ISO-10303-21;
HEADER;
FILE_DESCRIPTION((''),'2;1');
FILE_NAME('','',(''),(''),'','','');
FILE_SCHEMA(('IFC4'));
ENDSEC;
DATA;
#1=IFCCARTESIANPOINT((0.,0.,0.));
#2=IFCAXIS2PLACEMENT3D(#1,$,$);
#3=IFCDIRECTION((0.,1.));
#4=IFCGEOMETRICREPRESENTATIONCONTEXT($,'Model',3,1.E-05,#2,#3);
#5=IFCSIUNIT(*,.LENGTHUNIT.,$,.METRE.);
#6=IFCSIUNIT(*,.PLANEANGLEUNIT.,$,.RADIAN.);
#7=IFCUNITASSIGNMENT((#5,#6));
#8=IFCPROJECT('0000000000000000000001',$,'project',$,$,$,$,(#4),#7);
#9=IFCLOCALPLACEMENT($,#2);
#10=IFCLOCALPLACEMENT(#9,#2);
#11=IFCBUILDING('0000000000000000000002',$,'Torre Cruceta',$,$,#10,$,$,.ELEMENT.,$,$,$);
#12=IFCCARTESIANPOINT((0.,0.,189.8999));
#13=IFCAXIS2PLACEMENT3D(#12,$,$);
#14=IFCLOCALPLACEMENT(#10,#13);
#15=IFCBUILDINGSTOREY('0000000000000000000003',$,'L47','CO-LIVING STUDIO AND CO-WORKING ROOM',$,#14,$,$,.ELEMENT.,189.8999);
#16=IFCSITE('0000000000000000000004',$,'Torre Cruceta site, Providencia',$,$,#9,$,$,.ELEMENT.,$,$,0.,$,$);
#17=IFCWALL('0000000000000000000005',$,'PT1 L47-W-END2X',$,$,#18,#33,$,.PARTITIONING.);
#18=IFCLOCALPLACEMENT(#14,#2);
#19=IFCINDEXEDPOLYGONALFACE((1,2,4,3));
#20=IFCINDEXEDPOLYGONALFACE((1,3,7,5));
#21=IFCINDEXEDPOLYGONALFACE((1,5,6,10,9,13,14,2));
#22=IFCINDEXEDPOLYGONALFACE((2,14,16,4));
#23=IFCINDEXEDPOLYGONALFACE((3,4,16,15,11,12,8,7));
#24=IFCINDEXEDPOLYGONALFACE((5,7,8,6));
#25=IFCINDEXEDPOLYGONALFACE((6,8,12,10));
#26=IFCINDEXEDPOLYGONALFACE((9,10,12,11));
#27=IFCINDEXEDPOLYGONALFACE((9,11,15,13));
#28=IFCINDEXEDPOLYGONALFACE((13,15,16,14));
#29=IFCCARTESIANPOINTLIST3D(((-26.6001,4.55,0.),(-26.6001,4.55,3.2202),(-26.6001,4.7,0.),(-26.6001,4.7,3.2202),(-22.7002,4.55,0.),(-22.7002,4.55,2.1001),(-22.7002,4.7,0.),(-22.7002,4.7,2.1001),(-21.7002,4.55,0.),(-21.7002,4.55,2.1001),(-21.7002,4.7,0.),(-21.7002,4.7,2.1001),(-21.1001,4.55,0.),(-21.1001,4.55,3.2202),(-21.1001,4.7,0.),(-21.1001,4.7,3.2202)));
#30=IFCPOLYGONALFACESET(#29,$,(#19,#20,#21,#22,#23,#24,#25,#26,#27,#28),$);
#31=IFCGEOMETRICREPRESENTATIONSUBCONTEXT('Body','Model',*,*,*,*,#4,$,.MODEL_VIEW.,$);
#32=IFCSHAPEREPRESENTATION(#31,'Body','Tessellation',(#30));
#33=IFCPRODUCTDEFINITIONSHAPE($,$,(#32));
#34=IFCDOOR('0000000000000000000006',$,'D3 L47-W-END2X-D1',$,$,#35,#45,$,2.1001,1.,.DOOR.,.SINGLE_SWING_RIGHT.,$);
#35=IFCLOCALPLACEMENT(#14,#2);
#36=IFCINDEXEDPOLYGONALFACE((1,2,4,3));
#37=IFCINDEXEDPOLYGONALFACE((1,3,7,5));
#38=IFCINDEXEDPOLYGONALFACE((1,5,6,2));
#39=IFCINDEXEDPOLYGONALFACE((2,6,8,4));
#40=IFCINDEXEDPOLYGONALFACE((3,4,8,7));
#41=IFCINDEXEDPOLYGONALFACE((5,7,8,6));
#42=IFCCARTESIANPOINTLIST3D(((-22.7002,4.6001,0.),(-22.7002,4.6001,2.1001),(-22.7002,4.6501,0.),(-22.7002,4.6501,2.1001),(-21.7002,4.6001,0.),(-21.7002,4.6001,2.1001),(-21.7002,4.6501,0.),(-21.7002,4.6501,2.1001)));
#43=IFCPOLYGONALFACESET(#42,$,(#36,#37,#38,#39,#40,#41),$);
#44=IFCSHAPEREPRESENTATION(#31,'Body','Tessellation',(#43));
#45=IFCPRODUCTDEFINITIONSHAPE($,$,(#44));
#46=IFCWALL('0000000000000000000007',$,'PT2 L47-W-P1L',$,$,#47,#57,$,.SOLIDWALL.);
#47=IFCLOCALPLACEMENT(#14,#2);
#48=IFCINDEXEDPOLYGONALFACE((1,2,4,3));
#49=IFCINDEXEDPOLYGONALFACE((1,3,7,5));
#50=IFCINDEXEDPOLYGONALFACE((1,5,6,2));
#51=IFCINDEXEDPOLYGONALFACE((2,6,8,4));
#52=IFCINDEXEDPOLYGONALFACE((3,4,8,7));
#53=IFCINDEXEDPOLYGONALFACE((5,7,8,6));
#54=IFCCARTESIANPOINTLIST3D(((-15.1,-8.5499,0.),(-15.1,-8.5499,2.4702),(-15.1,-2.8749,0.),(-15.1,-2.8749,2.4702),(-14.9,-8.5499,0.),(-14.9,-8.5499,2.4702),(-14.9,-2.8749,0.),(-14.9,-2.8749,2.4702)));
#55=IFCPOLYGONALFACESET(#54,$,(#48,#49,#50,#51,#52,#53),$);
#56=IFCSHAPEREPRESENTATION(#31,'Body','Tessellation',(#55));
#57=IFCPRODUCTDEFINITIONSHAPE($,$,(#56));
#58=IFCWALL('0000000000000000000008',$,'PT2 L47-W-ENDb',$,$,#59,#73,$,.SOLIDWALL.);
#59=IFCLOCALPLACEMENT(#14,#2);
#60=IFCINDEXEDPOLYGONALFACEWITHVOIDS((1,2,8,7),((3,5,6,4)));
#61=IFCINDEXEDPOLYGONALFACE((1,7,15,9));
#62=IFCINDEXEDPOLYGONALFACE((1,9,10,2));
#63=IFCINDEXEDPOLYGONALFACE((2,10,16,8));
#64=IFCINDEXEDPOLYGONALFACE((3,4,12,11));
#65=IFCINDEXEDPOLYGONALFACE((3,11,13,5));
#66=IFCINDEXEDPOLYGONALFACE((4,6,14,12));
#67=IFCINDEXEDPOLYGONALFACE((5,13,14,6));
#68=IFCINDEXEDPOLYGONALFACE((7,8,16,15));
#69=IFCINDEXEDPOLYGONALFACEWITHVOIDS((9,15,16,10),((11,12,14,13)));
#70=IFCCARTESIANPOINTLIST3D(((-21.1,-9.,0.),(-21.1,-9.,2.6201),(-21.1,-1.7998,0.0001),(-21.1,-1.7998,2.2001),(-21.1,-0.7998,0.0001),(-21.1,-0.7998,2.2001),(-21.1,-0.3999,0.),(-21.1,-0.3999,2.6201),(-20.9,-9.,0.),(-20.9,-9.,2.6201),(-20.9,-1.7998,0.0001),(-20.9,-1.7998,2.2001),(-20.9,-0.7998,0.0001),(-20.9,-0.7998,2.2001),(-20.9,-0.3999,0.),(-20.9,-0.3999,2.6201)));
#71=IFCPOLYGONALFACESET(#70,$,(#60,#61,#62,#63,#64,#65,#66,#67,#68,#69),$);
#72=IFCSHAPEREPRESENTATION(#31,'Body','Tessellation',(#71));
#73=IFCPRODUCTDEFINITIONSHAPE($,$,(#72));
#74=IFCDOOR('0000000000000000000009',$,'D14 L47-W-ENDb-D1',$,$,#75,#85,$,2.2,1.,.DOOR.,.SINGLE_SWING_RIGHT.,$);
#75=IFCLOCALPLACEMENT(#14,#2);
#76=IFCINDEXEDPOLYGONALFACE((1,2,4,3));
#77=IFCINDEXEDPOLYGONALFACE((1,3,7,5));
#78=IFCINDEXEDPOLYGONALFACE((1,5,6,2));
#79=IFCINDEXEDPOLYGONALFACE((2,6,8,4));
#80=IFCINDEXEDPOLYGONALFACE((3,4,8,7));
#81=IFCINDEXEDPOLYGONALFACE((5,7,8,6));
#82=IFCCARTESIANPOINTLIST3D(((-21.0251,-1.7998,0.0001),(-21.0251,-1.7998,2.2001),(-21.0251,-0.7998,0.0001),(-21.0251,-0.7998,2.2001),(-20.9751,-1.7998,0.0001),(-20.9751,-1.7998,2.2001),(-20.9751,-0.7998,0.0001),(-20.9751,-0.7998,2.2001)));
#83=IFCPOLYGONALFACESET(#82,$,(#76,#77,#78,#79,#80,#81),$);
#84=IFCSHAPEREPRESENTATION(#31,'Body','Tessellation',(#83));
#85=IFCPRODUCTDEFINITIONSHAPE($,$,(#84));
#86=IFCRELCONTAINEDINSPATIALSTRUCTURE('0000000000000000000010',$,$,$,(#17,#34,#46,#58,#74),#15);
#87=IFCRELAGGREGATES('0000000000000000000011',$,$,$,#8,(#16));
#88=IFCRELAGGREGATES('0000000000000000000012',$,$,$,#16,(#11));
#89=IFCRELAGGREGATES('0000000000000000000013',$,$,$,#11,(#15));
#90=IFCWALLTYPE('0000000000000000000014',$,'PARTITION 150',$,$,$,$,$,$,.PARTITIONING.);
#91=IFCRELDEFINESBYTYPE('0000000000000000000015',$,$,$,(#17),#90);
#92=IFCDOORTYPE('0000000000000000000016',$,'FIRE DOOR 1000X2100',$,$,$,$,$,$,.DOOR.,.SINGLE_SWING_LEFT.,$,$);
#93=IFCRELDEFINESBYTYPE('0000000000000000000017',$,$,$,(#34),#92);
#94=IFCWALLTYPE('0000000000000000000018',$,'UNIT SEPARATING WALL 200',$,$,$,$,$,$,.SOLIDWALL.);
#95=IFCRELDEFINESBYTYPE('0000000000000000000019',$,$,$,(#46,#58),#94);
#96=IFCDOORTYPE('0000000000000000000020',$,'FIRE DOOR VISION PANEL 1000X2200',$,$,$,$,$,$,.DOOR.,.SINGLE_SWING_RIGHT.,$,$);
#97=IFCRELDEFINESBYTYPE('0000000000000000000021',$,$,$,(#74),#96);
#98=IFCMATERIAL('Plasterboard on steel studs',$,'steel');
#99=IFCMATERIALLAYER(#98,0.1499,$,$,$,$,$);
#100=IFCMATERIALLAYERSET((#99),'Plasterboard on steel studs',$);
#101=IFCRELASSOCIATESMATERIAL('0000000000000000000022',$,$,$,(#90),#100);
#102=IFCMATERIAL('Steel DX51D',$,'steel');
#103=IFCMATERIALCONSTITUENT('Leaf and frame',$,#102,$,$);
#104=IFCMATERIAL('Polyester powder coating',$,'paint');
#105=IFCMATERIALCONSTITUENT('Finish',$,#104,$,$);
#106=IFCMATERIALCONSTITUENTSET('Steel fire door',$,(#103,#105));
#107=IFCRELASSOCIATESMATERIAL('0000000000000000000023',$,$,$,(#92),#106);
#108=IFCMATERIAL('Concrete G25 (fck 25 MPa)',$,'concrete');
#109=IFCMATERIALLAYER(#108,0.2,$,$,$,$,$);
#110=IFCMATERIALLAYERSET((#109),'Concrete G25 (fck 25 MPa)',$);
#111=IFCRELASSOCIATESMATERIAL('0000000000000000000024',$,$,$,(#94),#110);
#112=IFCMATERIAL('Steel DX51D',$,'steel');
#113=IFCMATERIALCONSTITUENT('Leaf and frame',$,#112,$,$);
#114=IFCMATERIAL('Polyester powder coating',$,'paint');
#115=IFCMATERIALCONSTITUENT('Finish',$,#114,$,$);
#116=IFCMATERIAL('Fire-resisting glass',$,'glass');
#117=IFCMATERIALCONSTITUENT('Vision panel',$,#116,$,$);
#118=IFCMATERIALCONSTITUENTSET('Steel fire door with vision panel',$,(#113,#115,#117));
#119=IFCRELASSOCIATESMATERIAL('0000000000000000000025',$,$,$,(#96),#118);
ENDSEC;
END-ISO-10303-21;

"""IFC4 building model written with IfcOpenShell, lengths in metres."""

from ifc_helpers import new_model, si_unit, direction, frame, frame_2d, origin, place, context, subcontext, project, spatial, rectangle, extrude, material, layer, layer_set, constituent, constituent_set, type_object, element, fill, save


model = new_model("IFC4")

# Units and contexts
model_context = context("Model", 3, precision=1e-05, world=origin(), true_north=direction((0.0, 1.0)))
body_context = subcontext(model_context, "Body", "Model", "MODEL_VIEW")
ifc_project = project(units=[si_unit("LENGTHUNIT", "METRE"), si_unit("PLANEANGLEUNIT", "RADIAN")], contexts=[model_context])

# Site, building, storey
site_placement = place(None, origin())
site = spatial("IfcSite", under=ifc_project, at=site_placement, Name="Torre Cruceta site, Providencia", CompositionType="ELEMENT", RefElevation=0.0)
building_placement = place(site_placement, origin())
building = spatial("IfcBuilding", under=site, at=building_placement, Name="Torre Cruceta", CompositionType="ELEMENT")
storey_placement = place(building_placement, frame((0.0, 0.0, 189.8999)))
storey = spatial("IfcBuildingStorey", under=building, at=storey_placement, Name="L47", Description="CO-LIVING STUDIO AND CO-WORKING ROOM", CompositionType="ELEMENT", Elevation=189.8999)

# Wall, opening, door
ifc_material_1 = material(Name="Plasterboard on steel studs", Category="steel")
ifc_layer_1 = layer(ifc_material_1, 0.1499)
ifc_layer_set_1 = layer_set([ifc_layer_1], Name="Plasterboard on steel studs")
wall_type_1 = type_object("IfcWallType", Name="PARTITION 150", PredefinedType="PARTITIONING", material=ifc_layer_set_1)
wall_1_placement = place(storey_placement, frame((-21.1001, 4.625, 0.0), z_axis=(0.0, 0.0, 1.0), x_axis=(-1.0, 0.0, 0.0)))
wall_1 = element("IfcWall", 1, at=wall_1_placement, inside=storey, type_object=wall_type_1, Name="PT1 L47-W-END2X", PredefinedType="PARTITIONING", context=body_context, shape_type="SweptSolid", body=[
    extrude(rectangle(XDim=5.5, YDim=0.1499, at=frame_2d((2.75, 0.0))), origin(), (0.0, 0.0, 1.0), 3.2202),
])
opening_1_placement = place(wall_1_placement, frame((0.6001, 0.0, 0.0)))
opening_1 = element("IfcOpeningElement", 2, at=opening_1_placement, cuts=wall_1, PredefinedType="OPENING", context=body_context, shape_type="SweptSolid", body=[
    extrude(rectangle(XDim=1.0, YDim=2.1001, at=frame_2d((0.5, 1.05))), frame((0.0, 0.085, 0.0), z_axis=(0.0, -1.0, 0.0), x_axis=(1.0, 0.0, 0.0)), (0.0, 0.0, 1.0), 0.1699),
])
ifc_material_2 = material(Name="Steel DX51D", Category="steel")
ifc_constituent_1 = constituent(ifc_material_2, Name="Leaf and frame")
ifc_material_3 = material(Name="Polyester powder coating", Category="paint")
ifc_constituent_2 = constituent(ifc_material_3, Name="Finish")
ifc_constituent_set_1 = constituent_set(constituents=[ifc_constituent_1, ifc_constituent_2], Name="Steel fire door")
door_type_1 = type_object("IfcDoorType", Name="FIRE DOOR 1000X2100", OperationType="SINGLE_SWING_LEFT", PredefinedType="DOOR", material=ifc_constituent_set_1)
door_1_placement = place(opening_1_placement, frame((1.0, 0.0, 0.0), z_axis=(0.0, 0.0, 1.0), x_axis=(-1.0, 0.0, 0.0)))
door_1 = element("IfcDoor", 3, at=door_1_placement, inside=storey, type_object=door_type_1, Name="D3 L47-W-END2X-D1", OperationType="SINGLE_SWING_RIGHT", OverallHeight=2.1001, OverallWidth=1.0, PredefinedType="DOOR", context=body_context, shape_type="SweptSolid", body=[
    extrude(rectangle(XDim=1.0, YDim=2.1001, at=frame_2d((0.5, 1.05))), frame((0.0, 0.0251, 0.0), z_axis=(0.0, -1.0, 0.0), x_axis=(1.0, 0.0, 0.0)), (0.0, 0.0, 1.0), 0.05),
])
fill(opening_1, door_1)

# Wall
ifc_material_4 = material(Name="Concrete G25 (fck 25 MPa)", Category="concrete")
ifc_layer_2 = layer(ifc_material_4, 0.2)
ifc_layer_set_2 = layer_set([ifc_layer_2], Name="Concrete G25 (fck 25 MPa)")
wall_type_2 = type_object("IfcWallType", Name="UNIT SEPARATING WALL 200", PredefinedType="SOLIDWALL", material=ifc_layer_set_2)
wall_2_placement = place(storey_placement, frame((-15.0, -2.875, 0.0), z_axis=(0.0, 0.0, 1.0), x_axis=(0.0, -1.0, 0.0)))
element("IfcWall", 4, at=wall_2_placement, inside=storey, type_object=wall_type_2, Name="PT2 L47-W-P1L", PredefinedType="SOLIDWALL", context=body_context, shape_type="SweptSolid", body=[
    extrude(rectangle(XDim=5.675, YDim=0.2, at=frame_2d((2.8374, 0.0))), origin(), (0.0, 0.0, 1.0), 2.4702),
])

# Wall, opening, door
wall_3_placement = place(storey_placement, frame((-21.0, -0.3999, 0.0), z_axis=(0.0, 0.0, 1.0), x_axis=(0.0, -1.0, 0.0)))
wall_3 = element("IfcWall", 5, at=wall_3_placement, inside=storey, type_object=wall_type_2, Name="PT2 L47-W-ENDb", PredefinedType="SOLIDWALL", context=body_context, shape_type="SweptSolid", body=[
    extrude(rectangle(XDim=8.6001, YDim=0.2, at=frame_2d((4.3, 0.0))), origin(), (0.0, 0.0, 1.0), 2.6201),
])
opening_2_placement = place(wall_3_placement, frame((0.3999, 0.0, 0.0)))
opening_2 = element("IfcOpeningElement", 6, at=opening_2_placement, cuts=wall_3, PredefinedType="OPENING", context=body_context, shape_type="SweptSolid", body=[
    extrude(rectangle(XDim=1.0, YDim=2.2, at=frame_2d((0.5, 1.1001))), frame((0.0, 0.1099, 0.0), z_axis=(0.0, -1.0, 0.0), x_axis=(1.0, 0.0, 0.0)), (0.0, 0.0, 1.0), 0.22),
])
ifc_material_5 = material(Name="Steel DX51D", Category="steel")
ifc_constituent_3 = constituent(ifc_material_5, Name="Leaf and frame")
ifc_material_6 = material(Name="Polyester powder coating", Category="paint")
ifc_constituent_4 = constituent(ifc_material_6, Name="Finish")
ifc_material_7 = material(Name="Fire-resisting glass", Category="glass")
ifc_constituent_5 = constituent(ifc_material_7, Name="Vision panel")
ifc_constituent_set_2 = constituent_set(constituents=[ifc_constituent_3, ifc_constituent_4, ifc_constituent_5], Name="Steel fire door with vision panel")
door_type_2 = type_object("IfcDoorType", Name="FIRE DOOR VISION PANEL 1000X2200", OperationType="SINGLE_SWING_RIGHT", PredefinedType="DOOR", material=ifc_constituent_set_2)
door_2_placement = place(opening_2_placement, frame((1.0, 0.0, 0.0), z_axis=(0.0, 0.0, 1.0), x_axis=(-1.0, 0.0, 0.0)))
door_2 = element("IfcDoor", 7, at=door_2_placement, inside=storey, type_object=door_type_2, Name="D14 L47-W-ENDb-D1", OperationType="SINGLE_SWING_RIGHT", OverallHeight=2.2, OverallWidth=1.0, PredefinedType="DOOR", context=body_context, shape_type="SweptSolid", body=[
    extrude(rectangle(XDim=1.0, YDim=2.2, at=frame_2d((0.5, 1.1001))), frame((0.0, 0.0251, 0.0), z_axis=(0.0, -1.0, 0.0), x_axis=(1.0, 0.0, 0.0)), (0.0, 0.0, 1.0), 0.05),
])
fill(opening_2, door_2)

save(model, "model.ifc")
